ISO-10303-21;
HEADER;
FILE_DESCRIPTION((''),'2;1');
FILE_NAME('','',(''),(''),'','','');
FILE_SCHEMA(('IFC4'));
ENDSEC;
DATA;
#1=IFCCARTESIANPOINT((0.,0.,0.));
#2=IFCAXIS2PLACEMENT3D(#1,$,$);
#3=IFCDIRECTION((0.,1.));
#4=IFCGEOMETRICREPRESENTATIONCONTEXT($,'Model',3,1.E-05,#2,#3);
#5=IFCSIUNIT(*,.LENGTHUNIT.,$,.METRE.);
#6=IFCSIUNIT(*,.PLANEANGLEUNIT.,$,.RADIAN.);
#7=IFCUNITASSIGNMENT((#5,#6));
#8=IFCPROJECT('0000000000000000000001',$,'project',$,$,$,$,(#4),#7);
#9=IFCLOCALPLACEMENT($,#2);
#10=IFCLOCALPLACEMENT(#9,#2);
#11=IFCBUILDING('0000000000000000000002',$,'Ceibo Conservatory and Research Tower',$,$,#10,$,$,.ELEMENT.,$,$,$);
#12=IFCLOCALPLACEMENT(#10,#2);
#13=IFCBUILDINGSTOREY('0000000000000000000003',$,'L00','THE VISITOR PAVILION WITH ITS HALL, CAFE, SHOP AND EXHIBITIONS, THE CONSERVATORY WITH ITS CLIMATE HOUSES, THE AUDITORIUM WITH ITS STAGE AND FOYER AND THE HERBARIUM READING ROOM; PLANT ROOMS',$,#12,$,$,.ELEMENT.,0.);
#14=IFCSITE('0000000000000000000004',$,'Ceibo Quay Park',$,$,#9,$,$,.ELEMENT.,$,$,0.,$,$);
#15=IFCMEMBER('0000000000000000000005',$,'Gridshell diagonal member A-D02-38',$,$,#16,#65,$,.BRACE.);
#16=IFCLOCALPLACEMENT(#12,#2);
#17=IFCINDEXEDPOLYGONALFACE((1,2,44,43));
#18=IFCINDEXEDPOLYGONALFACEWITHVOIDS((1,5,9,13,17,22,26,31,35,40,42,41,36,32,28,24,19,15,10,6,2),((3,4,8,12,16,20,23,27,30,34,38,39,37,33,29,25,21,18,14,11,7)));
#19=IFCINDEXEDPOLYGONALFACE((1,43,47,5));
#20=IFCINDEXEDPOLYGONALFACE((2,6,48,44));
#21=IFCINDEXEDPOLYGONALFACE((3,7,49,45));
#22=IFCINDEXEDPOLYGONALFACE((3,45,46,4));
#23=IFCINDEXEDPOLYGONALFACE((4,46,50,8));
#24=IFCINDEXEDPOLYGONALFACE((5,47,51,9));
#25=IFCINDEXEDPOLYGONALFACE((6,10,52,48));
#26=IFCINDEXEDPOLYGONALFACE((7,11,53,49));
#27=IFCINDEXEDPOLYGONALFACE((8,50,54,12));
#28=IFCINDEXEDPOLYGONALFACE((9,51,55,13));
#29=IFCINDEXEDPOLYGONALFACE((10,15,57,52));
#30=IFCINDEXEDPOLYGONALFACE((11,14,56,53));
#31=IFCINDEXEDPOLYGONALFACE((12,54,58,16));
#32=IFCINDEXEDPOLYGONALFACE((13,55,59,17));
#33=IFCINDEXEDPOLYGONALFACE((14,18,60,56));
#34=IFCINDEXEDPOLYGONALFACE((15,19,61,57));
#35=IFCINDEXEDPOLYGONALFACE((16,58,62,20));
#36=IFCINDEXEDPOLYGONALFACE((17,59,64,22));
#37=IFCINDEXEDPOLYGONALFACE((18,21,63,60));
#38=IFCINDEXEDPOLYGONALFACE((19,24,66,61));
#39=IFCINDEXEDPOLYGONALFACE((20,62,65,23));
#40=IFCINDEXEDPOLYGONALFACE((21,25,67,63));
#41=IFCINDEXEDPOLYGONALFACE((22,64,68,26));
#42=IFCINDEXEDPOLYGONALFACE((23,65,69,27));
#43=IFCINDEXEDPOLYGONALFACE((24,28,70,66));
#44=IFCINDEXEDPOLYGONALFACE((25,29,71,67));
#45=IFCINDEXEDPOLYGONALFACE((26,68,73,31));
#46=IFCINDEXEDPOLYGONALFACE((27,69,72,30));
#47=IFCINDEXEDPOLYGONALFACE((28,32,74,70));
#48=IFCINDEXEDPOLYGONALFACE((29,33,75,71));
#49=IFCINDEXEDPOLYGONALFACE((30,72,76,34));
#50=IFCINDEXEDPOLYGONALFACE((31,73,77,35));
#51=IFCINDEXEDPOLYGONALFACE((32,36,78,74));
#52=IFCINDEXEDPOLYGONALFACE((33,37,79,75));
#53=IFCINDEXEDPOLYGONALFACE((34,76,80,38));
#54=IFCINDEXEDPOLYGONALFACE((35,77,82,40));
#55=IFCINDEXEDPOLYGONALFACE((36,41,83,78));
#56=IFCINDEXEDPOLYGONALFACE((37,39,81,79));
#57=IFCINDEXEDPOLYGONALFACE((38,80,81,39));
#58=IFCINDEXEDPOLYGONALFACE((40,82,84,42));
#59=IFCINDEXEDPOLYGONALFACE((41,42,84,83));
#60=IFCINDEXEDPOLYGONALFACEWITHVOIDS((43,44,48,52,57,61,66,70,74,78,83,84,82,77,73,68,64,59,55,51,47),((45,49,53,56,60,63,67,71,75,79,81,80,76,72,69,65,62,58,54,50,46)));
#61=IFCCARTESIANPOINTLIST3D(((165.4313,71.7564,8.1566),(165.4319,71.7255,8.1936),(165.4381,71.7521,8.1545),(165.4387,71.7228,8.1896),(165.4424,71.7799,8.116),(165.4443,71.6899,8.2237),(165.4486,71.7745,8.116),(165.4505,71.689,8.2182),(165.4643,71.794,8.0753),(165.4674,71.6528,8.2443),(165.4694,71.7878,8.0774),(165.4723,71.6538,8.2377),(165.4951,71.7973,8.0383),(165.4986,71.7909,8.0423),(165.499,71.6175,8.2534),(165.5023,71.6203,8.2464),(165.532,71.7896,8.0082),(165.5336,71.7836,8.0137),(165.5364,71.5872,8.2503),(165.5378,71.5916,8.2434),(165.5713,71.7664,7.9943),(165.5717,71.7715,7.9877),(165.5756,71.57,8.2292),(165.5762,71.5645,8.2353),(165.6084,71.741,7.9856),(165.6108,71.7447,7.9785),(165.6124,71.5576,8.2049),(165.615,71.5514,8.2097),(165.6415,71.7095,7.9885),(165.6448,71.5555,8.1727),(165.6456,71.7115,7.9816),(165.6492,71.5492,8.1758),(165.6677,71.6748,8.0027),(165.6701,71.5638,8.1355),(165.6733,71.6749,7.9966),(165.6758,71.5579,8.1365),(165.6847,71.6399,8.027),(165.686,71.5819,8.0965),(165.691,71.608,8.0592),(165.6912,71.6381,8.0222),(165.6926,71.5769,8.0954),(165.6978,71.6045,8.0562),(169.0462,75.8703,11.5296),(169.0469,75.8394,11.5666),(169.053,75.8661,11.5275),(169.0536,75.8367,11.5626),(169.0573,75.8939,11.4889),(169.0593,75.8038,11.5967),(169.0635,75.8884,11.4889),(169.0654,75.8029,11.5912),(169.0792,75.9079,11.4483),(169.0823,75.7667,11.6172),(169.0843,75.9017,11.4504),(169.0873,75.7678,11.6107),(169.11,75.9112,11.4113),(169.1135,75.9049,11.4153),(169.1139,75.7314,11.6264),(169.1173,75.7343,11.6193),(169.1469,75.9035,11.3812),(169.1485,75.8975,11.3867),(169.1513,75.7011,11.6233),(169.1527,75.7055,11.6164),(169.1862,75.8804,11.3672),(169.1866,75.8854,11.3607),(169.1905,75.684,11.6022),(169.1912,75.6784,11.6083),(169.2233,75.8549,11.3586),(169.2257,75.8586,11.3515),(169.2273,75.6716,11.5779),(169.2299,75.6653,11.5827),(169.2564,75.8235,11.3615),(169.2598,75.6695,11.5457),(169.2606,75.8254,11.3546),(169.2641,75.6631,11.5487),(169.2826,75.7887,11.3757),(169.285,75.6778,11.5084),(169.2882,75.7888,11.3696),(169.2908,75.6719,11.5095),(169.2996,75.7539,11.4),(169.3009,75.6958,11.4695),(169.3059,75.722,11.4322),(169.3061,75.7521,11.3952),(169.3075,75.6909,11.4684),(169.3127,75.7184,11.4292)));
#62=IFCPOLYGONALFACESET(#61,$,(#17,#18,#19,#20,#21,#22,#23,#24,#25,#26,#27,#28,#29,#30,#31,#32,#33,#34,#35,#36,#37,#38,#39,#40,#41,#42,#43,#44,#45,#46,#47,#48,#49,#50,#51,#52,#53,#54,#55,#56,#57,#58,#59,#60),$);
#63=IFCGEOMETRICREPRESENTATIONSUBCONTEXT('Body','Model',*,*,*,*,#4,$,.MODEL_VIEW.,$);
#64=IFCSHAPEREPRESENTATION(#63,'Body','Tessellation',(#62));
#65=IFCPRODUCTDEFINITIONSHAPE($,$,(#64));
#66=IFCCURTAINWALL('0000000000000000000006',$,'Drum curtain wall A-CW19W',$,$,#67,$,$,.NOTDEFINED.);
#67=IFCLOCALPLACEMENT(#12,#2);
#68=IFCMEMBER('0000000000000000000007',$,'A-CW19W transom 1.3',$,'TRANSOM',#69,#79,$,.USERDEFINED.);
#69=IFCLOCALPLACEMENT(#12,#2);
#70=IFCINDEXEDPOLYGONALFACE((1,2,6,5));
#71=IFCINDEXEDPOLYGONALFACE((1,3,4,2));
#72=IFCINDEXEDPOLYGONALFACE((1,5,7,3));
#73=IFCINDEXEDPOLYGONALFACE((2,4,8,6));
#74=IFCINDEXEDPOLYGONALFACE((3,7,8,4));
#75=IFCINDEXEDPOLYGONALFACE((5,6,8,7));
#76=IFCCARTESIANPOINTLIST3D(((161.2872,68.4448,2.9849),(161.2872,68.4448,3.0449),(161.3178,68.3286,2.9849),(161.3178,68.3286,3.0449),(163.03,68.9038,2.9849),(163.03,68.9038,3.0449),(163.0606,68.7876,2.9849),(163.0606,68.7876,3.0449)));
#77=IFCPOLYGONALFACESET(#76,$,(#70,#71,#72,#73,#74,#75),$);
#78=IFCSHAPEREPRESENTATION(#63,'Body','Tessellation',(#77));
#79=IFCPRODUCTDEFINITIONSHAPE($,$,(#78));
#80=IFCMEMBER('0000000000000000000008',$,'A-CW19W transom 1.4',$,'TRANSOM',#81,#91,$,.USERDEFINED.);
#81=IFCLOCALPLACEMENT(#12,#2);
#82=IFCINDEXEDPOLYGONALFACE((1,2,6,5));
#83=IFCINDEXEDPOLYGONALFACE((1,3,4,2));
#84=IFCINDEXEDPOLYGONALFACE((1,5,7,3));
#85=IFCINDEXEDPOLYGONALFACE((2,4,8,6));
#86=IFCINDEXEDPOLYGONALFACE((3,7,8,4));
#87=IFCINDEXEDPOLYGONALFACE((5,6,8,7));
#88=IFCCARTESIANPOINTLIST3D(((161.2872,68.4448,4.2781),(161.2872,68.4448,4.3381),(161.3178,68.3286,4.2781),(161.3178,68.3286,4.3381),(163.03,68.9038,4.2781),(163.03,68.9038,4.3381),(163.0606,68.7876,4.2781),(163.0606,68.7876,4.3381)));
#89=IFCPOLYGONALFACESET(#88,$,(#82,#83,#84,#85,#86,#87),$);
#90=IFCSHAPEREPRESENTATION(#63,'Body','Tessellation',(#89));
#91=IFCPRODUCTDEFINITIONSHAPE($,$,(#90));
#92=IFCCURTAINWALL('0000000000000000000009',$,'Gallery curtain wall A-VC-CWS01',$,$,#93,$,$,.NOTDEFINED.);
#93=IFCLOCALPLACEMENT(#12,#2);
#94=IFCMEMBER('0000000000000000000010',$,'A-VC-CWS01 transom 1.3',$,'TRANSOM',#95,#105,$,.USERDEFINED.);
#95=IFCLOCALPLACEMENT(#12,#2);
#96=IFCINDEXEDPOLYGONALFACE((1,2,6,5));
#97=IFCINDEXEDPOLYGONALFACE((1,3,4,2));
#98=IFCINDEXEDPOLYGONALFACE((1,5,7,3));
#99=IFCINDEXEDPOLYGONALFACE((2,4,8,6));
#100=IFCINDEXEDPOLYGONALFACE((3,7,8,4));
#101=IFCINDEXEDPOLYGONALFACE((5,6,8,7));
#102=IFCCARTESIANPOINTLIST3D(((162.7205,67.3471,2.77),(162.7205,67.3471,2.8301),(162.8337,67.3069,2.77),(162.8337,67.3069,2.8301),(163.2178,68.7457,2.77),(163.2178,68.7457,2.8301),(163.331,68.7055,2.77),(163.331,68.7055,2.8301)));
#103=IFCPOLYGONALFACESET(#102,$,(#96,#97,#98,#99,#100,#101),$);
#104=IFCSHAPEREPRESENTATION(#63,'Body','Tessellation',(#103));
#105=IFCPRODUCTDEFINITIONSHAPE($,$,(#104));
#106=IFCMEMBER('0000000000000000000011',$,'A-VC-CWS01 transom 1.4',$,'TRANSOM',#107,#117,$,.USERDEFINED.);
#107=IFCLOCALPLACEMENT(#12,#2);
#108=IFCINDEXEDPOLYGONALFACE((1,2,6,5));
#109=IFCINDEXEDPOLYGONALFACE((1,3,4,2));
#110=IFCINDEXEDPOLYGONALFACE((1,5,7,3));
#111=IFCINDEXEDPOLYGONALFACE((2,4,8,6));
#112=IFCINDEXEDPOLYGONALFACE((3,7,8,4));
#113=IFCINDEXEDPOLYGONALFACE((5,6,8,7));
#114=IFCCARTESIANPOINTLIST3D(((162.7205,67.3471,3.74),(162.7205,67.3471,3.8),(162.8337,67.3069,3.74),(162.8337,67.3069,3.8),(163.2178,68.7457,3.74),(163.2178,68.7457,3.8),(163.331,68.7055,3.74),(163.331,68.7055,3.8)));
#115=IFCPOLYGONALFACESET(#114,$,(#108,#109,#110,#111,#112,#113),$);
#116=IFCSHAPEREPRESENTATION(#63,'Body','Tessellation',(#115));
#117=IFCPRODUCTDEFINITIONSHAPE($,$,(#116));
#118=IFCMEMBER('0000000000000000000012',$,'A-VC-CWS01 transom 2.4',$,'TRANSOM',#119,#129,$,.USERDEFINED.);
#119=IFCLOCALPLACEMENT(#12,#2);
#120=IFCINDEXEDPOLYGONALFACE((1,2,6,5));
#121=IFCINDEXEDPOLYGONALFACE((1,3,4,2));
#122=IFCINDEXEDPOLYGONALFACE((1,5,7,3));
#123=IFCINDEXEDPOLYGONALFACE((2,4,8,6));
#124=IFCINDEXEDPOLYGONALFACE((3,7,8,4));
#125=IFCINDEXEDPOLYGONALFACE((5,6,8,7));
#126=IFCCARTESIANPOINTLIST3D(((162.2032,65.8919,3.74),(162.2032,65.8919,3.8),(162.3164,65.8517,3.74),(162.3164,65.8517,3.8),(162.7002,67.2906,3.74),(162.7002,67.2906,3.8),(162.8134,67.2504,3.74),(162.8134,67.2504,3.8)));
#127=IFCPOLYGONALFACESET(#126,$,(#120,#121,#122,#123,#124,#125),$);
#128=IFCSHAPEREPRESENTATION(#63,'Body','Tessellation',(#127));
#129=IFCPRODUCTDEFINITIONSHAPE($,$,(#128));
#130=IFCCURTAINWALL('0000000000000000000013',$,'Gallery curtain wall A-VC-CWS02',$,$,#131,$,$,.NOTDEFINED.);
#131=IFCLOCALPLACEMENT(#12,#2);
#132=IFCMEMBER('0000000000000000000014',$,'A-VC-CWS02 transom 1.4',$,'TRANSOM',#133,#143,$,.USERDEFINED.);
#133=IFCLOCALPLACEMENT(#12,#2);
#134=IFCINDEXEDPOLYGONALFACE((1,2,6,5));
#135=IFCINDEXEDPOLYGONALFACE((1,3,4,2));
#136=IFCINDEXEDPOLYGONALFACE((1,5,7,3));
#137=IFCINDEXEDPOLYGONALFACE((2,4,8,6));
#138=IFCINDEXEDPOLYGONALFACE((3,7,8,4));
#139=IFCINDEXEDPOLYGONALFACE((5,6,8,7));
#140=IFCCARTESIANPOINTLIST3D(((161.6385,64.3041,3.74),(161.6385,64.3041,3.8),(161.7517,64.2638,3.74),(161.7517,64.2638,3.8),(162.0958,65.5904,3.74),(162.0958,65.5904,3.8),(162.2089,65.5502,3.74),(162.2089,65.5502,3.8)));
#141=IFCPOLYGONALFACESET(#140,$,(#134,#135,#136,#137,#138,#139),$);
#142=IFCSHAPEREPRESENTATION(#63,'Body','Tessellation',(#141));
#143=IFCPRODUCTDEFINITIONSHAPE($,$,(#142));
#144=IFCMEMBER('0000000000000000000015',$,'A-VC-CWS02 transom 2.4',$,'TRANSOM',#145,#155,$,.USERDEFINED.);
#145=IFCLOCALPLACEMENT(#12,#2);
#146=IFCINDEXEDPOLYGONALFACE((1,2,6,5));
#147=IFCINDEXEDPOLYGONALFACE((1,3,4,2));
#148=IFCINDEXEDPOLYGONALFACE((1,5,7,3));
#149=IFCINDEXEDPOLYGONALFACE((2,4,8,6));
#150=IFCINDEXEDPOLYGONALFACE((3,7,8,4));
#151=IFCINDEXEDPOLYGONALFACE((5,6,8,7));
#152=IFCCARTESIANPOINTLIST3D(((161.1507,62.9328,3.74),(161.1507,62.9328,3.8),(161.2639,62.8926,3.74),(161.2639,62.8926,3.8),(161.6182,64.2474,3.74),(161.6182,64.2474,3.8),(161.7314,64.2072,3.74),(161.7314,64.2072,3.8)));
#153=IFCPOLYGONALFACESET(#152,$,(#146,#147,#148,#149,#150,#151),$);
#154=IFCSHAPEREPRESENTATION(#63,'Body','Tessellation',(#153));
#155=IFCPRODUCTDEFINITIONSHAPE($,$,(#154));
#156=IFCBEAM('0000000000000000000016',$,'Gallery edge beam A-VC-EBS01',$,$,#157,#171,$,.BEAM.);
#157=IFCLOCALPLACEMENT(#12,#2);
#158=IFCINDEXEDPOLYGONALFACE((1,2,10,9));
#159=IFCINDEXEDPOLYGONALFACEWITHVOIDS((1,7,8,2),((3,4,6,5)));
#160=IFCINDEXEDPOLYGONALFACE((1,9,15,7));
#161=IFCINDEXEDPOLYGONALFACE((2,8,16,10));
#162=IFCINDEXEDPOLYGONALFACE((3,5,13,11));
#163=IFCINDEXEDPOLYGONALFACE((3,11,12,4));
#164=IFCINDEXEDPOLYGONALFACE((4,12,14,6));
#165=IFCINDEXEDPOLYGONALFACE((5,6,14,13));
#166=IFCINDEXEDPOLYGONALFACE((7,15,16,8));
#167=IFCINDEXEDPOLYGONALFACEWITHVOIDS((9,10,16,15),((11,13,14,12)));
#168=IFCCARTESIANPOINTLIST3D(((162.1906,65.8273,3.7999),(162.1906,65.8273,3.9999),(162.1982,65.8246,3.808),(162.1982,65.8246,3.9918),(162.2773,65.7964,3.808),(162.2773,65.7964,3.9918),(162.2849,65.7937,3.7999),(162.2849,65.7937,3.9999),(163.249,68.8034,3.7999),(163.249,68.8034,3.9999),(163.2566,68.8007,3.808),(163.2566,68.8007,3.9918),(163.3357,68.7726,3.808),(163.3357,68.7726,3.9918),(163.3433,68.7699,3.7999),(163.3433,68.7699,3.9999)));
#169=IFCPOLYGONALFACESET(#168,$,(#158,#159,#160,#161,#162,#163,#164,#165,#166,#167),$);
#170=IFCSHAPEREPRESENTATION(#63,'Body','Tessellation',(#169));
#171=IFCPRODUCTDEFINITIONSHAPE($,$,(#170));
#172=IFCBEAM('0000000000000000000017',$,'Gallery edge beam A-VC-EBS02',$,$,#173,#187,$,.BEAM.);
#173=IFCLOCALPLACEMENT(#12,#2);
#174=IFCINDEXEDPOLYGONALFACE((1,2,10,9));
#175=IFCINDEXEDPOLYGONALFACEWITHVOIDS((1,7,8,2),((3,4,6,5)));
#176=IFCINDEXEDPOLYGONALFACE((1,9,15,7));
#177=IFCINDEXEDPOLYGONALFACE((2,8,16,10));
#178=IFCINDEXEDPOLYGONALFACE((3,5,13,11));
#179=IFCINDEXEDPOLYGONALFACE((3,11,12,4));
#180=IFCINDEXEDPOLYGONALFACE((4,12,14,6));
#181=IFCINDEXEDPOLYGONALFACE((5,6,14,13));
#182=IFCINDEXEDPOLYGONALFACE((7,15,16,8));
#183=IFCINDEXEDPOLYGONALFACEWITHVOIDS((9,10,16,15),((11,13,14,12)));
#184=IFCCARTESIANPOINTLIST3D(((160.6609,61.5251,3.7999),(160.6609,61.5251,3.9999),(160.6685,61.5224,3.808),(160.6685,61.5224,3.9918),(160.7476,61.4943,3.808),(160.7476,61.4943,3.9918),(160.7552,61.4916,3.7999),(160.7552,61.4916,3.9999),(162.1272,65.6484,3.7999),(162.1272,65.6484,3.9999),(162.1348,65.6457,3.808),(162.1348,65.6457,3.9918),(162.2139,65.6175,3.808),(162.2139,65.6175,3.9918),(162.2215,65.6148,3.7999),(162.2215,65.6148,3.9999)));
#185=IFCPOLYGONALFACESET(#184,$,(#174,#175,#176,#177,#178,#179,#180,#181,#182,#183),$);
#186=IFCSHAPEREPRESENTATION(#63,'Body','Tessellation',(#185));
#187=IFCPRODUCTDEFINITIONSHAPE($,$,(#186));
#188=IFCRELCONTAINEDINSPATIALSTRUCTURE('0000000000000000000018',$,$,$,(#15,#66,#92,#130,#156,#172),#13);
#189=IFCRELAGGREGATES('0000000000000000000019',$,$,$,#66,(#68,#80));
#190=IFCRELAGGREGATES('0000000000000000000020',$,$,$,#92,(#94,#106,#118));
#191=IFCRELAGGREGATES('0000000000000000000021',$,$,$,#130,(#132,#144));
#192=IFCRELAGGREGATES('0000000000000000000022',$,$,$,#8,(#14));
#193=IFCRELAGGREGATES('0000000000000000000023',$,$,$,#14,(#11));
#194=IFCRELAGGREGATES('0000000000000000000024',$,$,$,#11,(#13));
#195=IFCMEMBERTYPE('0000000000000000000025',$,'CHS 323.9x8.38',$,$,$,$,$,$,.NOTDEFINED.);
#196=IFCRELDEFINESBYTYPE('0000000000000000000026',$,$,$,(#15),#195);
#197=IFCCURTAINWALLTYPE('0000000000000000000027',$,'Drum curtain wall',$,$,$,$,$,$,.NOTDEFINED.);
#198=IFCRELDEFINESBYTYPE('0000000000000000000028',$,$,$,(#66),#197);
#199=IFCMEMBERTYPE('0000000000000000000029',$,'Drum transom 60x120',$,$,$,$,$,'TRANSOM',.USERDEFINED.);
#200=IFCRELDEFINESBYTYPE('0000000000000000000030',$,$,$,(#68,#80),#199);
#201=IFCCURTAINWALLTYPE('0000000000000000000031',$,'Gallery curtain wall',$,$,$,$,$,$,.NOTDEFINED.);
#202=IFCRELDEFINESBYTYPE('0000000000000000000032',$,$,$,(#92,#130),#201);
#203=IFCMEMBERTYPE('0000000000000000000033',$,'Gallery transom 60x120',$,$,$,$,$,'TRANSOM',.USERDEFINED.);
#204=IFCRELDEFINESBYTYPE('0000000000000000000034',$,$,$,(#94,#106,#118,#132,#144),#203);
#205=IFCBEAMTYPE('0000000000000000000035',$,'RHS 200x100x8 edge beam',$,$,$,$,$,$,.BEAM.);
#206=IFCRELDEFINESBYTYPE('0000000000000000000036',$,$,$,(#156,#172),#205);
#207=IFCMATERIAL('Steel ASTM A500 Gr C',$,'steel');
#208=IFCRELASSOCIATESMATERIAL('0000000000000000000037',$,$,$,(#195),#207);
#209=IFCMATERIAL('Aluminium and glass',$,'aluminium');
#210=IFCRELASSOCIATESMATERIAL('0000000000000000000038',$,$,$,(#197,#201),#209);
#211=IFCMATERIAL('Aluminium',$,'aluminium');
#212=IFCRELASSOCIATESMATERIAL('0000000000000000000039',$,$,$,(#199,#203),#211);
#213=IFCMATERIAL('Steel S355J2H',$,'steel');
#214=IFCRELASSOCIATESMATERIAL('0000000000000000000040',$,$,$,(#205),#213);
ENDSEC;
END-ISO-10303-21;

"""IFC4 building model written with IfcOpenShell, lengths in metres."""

from ifc_helpers import new_model, si_unit, direction, frame, origin, origin_2d, place, context, subcontext, project, spatial, rectangle, hollow_rectangle, hollow_circle, extrude, material, material_profile, profile_set, type_object, element, aggregate, save


model = new_model("IFC4")

# Units and contexts
model_context = context("Model", 3, precision=1e-05, world=origin(), true_north=direction((0.0, 1.0)))
body_context = subcontext(model_context, "Body", "Model", "MODEL_VIEW")
ifc_project = project(units=[si_unit("LENGTHUNIT", "METRE"), si_unit("PLANEANGLEUNIT", "RADIAN")], contexts=[model_context])

# Site, building, storey
site_placement = place(None, origin())
site = spatial("IfcSite", under=ifc_project, at=site_placement, Name="Ceibo Quay Park", CompositionType="ELEMENT", RefElevation=0.0)
building_placement = place(site_placement, origin())
building = spatial("IfcBuilding", under=site, at=building_placement, Name="Ceibo Conservatory and Research Tower", CompositionType="ELEMENT")
storey_placement = place(building_placement, origin())
storey = spatial("IfcBuildingStorey", under=building, at=storey_placement, Name="L00", Description="THE VISITOR PAVILION WITH ITS HALL, CAFE, SHOP AND EXHIBITIONS, THE CONSERVATORY WITH ITS CLIMATE HOUSES, THE AUDITORIUM WITH ITS STAGE AND FOYER AND THE HERBARIUM READING ROOM; PLANT ROOMS", CompositionType="ELEMENT", Elevation=0.0)

# Member
ifc_material_1 = material(Name="Steel ASTM A500 Gr C", Category="steel")
ifc_material_2 = material(Name="Steel S355J2H", Category="steel")
ifc_material_profile_1 = material_profile(ifc_material_1, hollow_circle(Radius=0.1619, WallThickness=0.0083, at=origin_2d()), Name="CHS 323.9x8.38")
ifc_profile_set_1 = profile_set([ifc_material_profile_1], Name="Steel ASTM A500 Gr C")
member_type_1 = type_object("IfcMemberType", Name="CHS 323.9x8.38", PredefinedType="NOTDEFINED", material=ifc_profile_set_1)
member_1_placement = place(storey_placement, frame((165.564, 71.6731, 8.116), z_axis=(0.562031, 0.639616, 0.524416), x_axis=(-0.751197, 0.660078, 0.0)))
element("IfcMember", 1, at=member_1_placement, inside=storey, type_object=member_type_1, Name="Gridshell diagonal member A-D02-38", PredefinedType="BRACE", context=body_context, shape_type="SweptSolid", body=[
    extrude(hollow_circle(Radius=0.1619, WallThickness=0.0083, at=origin_2d()), origin(), (0.0, 0.0, 1.0), 6.4319),
])

# Curtain walls, members
ifc_material_3 = material(Name="Aluminium and glass", Category="aluminium")
curtain_wall_type_1 = type_object("IfcCurtainWallType", Name="Drum curtain wall", PredefinedType="NOTDEFINED", material=ifc_material_3)
curtain_wall_1_placement = place(storey_placement, origin())
curtain_wall_1 = element("IfcCurtainWall", 2, at=curtain_wall_1_placement, inside=storey, type_object=curtain_wall_type_1, Name="Drum curtain wall A-CW19W", PredefinedType="NOTDEFINED")
ifc_material_4 = material(Name="Aluminium", Category="aluminium")
ifc_material_profile_2 = material_profile(ifc_material_4, rectangle(XDim=0.1201, YDim=0.0601, at=origin_2d()), Name="AL 60x120")
ifc_profile_set_2 = profile_set([ifc_material_profile_2], Name="Aluminium")
member_type_2 = type_object("IfcMemberType", Name="Drum transom 60x120", ElementType="TRANSOM", PredefinedType="USERDEFINED", material=ifc_profile_set_2)
member_2_placement = place(storey_placement, frame((161.3025, 68.3867, 3.0149), z_axis=(0.967031, 0.25466, 0.0), x_axis=(-0.25466, 0.967031, 0.0)))
member_2 = element("IfcMember", 3, at=member_2_placement, type_object=member_type_2, Name="A-CW19W transom 1.3", ObjectType="TRANSOM", PredefinedType="USERDEFINED", context=body_context, shape_type="SweptSolid", body=[
    extrude(rectangle(XDim=0.1201, YDim=0.0601, at=origin_2d()), origin(), (0.0, 0.0, 1.0), 1.8022),
])
member_3_placement = place(storey_placement, frame((161.3025, 68.3867, 4.3081), z_axis=(0.967031, 0.25466, 0.0), x_axis=(-0.25466, 0.967031, 0.0)))
member_3 = element("IfcMember", 4, at=member_3_placement, type_object=member_type_2, Name="A-CW19W transom 1.4", ObjectType="TRANSOM", PredefinedType="USERDEFINED", context=body_context, shape_type="SweptSolid", body=[
    extrude(rectangle(XDim=0.1201, YDim=0.0601, at=origin_2d()), origin(), (0.0, 0.0, 1.0), 1.8022),
])
curtain_wall_type_2 = type_object("IfcCurtainWallType", Name="Gallery curtain wall", PredefinedType="NOTDEFINED", material=ifc_material_3)
curtain_wall_2_placement = place(storey_placement, origin())
curtain_wall_2 = element("IfcCurtainWall", 5, at=curtain_wall_2_placement, inside=storey, type_object=curtain_wall_type_2, Name="Gallery curtain wall A-VC-CWS01", PredefinedType="NOTDEFINED")
ifc_material_profile_3 = material_profile(ifc_material_4, rectangle(XDim=0.1201, YDim=0.0601, at=origin_2d()), Name="AL 60x120")
ifc_profile_set_3 = profile_set([ifc_material_profile_3], Name="Aluminium")
member_type_3 = type_object("IfcMemberType", Name="Gallery transom 60x120", ElementType="TRANSOM", PredefinedType="USERDEFINED", material=ifc_profile_set_3)
member_4_placement = place(storey_placement, frame((163.2744, 68.7256, 2.8), z_axis=(-0.335013, -0.942214, 0.0), x_axis=(0.942214, -0.335013, 0.0)))
member_4 = element("IfcMember", 6, at=member_4_placement, type_object=member_type_3, Name="A-VC-CWS01 transom 1.3", ObjectType="TRANSOM", PredefinedType="USERDEFINED", context=body_context, shape_type="SweptSolid", body=[
    extrude(rectangle(XDim=0.1201, YDim=0.0601, at=origin_2d()), origin(), (0.0, 0.0, 1.0), 1.4844),
])
member_5_placement = place(storey_placement, frame((163.2744, 68.7256, 3.77), z_axis=(-0.335013, -0.942214, 0.0), x_axis=(0.942214, -0.335013, 0.0)))
member_5 = element("IfcMember", 7, at=member_5_placement, type_object=member_type_3, Name="A-VC-CWS01 transom 1.4", ObjectType="TRANSOM", PredefinedType="USERDEFINED", context=body_context, shape_type="SweptSolid", body=[
    extrude(rectangle(XDim=0.1201, YDim=0.0601, at=origin_2d()), origin(), (0.0, 0.0, 1.0), 1.4844),
])
member_6_placement = place(storey_placement, frame((162.7568, 67.2705, 3.77), z_axis=(-0.334867, -0.942265, 0.0), x_axis=(0.942265, -0.334867, 0.0)))
member_6 = element("IfcMember", 8, at=member_6_placement, type_object=member_type_3, Name="A-VC-CWS01 transom 2.4", ObjectType="TRANSOM", PredefinedType="USERDEFINED", context=body_context, shape_type="SweptSolid", body=[
    extrude(rectangle(XDim=0.1201, YDim=0.0601, at=origin_2d()), origin(), (0.0, 0.0, 1.0), 1.4844),
])
curtain_wall_3_placement = place(storey_placement, origin())
curtain_wall_3 = element("IfcCurtainWall", 9, at=curtain_wall_3_placement, inside=storey, type_object=curtain_wall_type_2, Name="Gallery curtain wall A-VC-CWS02", PredefinedType="NOTDEFINED")
member_7_placement = place(storey_placement, frame((162.1523, 65.5703, 3.77), z_axis=(-0.334943, -0.942239, 0.0), x_axis=(0.942239, -0.334943, 0.0)))
member_7 = element("IfcMember", 10, at=member_7_placement, type_object=member_type_3, Name="A-VC-CWS02 transom 1.4", ObjectType="TRANSOM", PredefinedType="USERDEFINED", context=body_context, shape_type="SweptSolid", body=[
    extrude(rectangle(XDim=0.1201, YDim=0.0601, at=origin_2d()), origin(), (0.0, 0.0, 1.0), 1.3652),
])
member_8_placement = place(storey_placement, frame((161.6748, 64.2273, 3.77), z_axis=(-0.335061, -0.942196, 0.0), x_axis=(0.942196, -0.335061, 0.0)))
member_8 = element("IfcMember", 11, at=member_8_placement, type_object=member_type_3, Name="A-VC-CWS02 transom 2.4", ObjectType="TRANSOM", PredefinedType="USERDEFINED", context=body_context, shape_type="SweptSolid", body=[
    extrude(rectangle(XDim=0.1201, YDim=0.0601, at=origin_2d()), origin(), (0.0, 0.0, 1.0), 1.3953),
])

# Beams
ifc_material_profile_4 = material_profile(ifc_material_2, hollow_rectangle(XDim=0.1001, YDim=0.2, WallThickness=0.0081, at=origin_2d()), Name="RHS 200x100x8 edge beam")
ifc_profile_set_4 = profile_set([ifc_material_profile_4], Name="Steel S355J2H")
beam_type = type_object("IfcBeamType", Name="RHS 200x100x8 edge beam", PredefinedType="BEAM", material=ifc_profile_set_4)
beam_1_placement = place(storey_placement, frame((163.2961, 68.7866, 3.8999), z_axis=(-0.335063, -0.942196, 0.0), x_axis=(0.942196, -0.335063, 0.0)))
element("IfcBeam", 12, at=beam_1_placement, inside=storey, type_object=beam_type, Name="Gallery edge beam A-VC-EBS01", PredefinedType="BEAM", context=body_context, shape_type="SweptSolid", body=[
    extrude(hollow_rectangle(XDim=0.1001, YDim=0.2, WallThickness=0.0081, at=origin_2d()), origin(), (0.0, 0.0, 1.0), 3.1587),
])
beam_2_placement = place(storey_placement, frame((162.1743, 65.6316, 3.8999), z_axis=(-0.33506, -0.942197, 0.0), x_axis=(0.942197, -0.33506, 0.0)))
element("IfcBeam", 13, at=beam_2_placement, inside=storey, type_object=beam_type, Name="Gallery edge beam A-VC-EBS02", PredefinedType="BEAM", context=body_context, shape_type="SweptSolid", body=[
    extrude(hollow_rectangle(XDim=0.1001, YDim=0.2, WallThickness=0.0081, at=origin_2d()), origin(), (0.0, 0.0, 1.0), 4.3762),
])

aggregate(curtain_wall_1, [member_2, member_3])
aggregate(curtain_wall_2, [member_4, member_5, member_6])
aggregate(curtain_wall_3, [member_7, member_8])

save(model, "model.ifc")
